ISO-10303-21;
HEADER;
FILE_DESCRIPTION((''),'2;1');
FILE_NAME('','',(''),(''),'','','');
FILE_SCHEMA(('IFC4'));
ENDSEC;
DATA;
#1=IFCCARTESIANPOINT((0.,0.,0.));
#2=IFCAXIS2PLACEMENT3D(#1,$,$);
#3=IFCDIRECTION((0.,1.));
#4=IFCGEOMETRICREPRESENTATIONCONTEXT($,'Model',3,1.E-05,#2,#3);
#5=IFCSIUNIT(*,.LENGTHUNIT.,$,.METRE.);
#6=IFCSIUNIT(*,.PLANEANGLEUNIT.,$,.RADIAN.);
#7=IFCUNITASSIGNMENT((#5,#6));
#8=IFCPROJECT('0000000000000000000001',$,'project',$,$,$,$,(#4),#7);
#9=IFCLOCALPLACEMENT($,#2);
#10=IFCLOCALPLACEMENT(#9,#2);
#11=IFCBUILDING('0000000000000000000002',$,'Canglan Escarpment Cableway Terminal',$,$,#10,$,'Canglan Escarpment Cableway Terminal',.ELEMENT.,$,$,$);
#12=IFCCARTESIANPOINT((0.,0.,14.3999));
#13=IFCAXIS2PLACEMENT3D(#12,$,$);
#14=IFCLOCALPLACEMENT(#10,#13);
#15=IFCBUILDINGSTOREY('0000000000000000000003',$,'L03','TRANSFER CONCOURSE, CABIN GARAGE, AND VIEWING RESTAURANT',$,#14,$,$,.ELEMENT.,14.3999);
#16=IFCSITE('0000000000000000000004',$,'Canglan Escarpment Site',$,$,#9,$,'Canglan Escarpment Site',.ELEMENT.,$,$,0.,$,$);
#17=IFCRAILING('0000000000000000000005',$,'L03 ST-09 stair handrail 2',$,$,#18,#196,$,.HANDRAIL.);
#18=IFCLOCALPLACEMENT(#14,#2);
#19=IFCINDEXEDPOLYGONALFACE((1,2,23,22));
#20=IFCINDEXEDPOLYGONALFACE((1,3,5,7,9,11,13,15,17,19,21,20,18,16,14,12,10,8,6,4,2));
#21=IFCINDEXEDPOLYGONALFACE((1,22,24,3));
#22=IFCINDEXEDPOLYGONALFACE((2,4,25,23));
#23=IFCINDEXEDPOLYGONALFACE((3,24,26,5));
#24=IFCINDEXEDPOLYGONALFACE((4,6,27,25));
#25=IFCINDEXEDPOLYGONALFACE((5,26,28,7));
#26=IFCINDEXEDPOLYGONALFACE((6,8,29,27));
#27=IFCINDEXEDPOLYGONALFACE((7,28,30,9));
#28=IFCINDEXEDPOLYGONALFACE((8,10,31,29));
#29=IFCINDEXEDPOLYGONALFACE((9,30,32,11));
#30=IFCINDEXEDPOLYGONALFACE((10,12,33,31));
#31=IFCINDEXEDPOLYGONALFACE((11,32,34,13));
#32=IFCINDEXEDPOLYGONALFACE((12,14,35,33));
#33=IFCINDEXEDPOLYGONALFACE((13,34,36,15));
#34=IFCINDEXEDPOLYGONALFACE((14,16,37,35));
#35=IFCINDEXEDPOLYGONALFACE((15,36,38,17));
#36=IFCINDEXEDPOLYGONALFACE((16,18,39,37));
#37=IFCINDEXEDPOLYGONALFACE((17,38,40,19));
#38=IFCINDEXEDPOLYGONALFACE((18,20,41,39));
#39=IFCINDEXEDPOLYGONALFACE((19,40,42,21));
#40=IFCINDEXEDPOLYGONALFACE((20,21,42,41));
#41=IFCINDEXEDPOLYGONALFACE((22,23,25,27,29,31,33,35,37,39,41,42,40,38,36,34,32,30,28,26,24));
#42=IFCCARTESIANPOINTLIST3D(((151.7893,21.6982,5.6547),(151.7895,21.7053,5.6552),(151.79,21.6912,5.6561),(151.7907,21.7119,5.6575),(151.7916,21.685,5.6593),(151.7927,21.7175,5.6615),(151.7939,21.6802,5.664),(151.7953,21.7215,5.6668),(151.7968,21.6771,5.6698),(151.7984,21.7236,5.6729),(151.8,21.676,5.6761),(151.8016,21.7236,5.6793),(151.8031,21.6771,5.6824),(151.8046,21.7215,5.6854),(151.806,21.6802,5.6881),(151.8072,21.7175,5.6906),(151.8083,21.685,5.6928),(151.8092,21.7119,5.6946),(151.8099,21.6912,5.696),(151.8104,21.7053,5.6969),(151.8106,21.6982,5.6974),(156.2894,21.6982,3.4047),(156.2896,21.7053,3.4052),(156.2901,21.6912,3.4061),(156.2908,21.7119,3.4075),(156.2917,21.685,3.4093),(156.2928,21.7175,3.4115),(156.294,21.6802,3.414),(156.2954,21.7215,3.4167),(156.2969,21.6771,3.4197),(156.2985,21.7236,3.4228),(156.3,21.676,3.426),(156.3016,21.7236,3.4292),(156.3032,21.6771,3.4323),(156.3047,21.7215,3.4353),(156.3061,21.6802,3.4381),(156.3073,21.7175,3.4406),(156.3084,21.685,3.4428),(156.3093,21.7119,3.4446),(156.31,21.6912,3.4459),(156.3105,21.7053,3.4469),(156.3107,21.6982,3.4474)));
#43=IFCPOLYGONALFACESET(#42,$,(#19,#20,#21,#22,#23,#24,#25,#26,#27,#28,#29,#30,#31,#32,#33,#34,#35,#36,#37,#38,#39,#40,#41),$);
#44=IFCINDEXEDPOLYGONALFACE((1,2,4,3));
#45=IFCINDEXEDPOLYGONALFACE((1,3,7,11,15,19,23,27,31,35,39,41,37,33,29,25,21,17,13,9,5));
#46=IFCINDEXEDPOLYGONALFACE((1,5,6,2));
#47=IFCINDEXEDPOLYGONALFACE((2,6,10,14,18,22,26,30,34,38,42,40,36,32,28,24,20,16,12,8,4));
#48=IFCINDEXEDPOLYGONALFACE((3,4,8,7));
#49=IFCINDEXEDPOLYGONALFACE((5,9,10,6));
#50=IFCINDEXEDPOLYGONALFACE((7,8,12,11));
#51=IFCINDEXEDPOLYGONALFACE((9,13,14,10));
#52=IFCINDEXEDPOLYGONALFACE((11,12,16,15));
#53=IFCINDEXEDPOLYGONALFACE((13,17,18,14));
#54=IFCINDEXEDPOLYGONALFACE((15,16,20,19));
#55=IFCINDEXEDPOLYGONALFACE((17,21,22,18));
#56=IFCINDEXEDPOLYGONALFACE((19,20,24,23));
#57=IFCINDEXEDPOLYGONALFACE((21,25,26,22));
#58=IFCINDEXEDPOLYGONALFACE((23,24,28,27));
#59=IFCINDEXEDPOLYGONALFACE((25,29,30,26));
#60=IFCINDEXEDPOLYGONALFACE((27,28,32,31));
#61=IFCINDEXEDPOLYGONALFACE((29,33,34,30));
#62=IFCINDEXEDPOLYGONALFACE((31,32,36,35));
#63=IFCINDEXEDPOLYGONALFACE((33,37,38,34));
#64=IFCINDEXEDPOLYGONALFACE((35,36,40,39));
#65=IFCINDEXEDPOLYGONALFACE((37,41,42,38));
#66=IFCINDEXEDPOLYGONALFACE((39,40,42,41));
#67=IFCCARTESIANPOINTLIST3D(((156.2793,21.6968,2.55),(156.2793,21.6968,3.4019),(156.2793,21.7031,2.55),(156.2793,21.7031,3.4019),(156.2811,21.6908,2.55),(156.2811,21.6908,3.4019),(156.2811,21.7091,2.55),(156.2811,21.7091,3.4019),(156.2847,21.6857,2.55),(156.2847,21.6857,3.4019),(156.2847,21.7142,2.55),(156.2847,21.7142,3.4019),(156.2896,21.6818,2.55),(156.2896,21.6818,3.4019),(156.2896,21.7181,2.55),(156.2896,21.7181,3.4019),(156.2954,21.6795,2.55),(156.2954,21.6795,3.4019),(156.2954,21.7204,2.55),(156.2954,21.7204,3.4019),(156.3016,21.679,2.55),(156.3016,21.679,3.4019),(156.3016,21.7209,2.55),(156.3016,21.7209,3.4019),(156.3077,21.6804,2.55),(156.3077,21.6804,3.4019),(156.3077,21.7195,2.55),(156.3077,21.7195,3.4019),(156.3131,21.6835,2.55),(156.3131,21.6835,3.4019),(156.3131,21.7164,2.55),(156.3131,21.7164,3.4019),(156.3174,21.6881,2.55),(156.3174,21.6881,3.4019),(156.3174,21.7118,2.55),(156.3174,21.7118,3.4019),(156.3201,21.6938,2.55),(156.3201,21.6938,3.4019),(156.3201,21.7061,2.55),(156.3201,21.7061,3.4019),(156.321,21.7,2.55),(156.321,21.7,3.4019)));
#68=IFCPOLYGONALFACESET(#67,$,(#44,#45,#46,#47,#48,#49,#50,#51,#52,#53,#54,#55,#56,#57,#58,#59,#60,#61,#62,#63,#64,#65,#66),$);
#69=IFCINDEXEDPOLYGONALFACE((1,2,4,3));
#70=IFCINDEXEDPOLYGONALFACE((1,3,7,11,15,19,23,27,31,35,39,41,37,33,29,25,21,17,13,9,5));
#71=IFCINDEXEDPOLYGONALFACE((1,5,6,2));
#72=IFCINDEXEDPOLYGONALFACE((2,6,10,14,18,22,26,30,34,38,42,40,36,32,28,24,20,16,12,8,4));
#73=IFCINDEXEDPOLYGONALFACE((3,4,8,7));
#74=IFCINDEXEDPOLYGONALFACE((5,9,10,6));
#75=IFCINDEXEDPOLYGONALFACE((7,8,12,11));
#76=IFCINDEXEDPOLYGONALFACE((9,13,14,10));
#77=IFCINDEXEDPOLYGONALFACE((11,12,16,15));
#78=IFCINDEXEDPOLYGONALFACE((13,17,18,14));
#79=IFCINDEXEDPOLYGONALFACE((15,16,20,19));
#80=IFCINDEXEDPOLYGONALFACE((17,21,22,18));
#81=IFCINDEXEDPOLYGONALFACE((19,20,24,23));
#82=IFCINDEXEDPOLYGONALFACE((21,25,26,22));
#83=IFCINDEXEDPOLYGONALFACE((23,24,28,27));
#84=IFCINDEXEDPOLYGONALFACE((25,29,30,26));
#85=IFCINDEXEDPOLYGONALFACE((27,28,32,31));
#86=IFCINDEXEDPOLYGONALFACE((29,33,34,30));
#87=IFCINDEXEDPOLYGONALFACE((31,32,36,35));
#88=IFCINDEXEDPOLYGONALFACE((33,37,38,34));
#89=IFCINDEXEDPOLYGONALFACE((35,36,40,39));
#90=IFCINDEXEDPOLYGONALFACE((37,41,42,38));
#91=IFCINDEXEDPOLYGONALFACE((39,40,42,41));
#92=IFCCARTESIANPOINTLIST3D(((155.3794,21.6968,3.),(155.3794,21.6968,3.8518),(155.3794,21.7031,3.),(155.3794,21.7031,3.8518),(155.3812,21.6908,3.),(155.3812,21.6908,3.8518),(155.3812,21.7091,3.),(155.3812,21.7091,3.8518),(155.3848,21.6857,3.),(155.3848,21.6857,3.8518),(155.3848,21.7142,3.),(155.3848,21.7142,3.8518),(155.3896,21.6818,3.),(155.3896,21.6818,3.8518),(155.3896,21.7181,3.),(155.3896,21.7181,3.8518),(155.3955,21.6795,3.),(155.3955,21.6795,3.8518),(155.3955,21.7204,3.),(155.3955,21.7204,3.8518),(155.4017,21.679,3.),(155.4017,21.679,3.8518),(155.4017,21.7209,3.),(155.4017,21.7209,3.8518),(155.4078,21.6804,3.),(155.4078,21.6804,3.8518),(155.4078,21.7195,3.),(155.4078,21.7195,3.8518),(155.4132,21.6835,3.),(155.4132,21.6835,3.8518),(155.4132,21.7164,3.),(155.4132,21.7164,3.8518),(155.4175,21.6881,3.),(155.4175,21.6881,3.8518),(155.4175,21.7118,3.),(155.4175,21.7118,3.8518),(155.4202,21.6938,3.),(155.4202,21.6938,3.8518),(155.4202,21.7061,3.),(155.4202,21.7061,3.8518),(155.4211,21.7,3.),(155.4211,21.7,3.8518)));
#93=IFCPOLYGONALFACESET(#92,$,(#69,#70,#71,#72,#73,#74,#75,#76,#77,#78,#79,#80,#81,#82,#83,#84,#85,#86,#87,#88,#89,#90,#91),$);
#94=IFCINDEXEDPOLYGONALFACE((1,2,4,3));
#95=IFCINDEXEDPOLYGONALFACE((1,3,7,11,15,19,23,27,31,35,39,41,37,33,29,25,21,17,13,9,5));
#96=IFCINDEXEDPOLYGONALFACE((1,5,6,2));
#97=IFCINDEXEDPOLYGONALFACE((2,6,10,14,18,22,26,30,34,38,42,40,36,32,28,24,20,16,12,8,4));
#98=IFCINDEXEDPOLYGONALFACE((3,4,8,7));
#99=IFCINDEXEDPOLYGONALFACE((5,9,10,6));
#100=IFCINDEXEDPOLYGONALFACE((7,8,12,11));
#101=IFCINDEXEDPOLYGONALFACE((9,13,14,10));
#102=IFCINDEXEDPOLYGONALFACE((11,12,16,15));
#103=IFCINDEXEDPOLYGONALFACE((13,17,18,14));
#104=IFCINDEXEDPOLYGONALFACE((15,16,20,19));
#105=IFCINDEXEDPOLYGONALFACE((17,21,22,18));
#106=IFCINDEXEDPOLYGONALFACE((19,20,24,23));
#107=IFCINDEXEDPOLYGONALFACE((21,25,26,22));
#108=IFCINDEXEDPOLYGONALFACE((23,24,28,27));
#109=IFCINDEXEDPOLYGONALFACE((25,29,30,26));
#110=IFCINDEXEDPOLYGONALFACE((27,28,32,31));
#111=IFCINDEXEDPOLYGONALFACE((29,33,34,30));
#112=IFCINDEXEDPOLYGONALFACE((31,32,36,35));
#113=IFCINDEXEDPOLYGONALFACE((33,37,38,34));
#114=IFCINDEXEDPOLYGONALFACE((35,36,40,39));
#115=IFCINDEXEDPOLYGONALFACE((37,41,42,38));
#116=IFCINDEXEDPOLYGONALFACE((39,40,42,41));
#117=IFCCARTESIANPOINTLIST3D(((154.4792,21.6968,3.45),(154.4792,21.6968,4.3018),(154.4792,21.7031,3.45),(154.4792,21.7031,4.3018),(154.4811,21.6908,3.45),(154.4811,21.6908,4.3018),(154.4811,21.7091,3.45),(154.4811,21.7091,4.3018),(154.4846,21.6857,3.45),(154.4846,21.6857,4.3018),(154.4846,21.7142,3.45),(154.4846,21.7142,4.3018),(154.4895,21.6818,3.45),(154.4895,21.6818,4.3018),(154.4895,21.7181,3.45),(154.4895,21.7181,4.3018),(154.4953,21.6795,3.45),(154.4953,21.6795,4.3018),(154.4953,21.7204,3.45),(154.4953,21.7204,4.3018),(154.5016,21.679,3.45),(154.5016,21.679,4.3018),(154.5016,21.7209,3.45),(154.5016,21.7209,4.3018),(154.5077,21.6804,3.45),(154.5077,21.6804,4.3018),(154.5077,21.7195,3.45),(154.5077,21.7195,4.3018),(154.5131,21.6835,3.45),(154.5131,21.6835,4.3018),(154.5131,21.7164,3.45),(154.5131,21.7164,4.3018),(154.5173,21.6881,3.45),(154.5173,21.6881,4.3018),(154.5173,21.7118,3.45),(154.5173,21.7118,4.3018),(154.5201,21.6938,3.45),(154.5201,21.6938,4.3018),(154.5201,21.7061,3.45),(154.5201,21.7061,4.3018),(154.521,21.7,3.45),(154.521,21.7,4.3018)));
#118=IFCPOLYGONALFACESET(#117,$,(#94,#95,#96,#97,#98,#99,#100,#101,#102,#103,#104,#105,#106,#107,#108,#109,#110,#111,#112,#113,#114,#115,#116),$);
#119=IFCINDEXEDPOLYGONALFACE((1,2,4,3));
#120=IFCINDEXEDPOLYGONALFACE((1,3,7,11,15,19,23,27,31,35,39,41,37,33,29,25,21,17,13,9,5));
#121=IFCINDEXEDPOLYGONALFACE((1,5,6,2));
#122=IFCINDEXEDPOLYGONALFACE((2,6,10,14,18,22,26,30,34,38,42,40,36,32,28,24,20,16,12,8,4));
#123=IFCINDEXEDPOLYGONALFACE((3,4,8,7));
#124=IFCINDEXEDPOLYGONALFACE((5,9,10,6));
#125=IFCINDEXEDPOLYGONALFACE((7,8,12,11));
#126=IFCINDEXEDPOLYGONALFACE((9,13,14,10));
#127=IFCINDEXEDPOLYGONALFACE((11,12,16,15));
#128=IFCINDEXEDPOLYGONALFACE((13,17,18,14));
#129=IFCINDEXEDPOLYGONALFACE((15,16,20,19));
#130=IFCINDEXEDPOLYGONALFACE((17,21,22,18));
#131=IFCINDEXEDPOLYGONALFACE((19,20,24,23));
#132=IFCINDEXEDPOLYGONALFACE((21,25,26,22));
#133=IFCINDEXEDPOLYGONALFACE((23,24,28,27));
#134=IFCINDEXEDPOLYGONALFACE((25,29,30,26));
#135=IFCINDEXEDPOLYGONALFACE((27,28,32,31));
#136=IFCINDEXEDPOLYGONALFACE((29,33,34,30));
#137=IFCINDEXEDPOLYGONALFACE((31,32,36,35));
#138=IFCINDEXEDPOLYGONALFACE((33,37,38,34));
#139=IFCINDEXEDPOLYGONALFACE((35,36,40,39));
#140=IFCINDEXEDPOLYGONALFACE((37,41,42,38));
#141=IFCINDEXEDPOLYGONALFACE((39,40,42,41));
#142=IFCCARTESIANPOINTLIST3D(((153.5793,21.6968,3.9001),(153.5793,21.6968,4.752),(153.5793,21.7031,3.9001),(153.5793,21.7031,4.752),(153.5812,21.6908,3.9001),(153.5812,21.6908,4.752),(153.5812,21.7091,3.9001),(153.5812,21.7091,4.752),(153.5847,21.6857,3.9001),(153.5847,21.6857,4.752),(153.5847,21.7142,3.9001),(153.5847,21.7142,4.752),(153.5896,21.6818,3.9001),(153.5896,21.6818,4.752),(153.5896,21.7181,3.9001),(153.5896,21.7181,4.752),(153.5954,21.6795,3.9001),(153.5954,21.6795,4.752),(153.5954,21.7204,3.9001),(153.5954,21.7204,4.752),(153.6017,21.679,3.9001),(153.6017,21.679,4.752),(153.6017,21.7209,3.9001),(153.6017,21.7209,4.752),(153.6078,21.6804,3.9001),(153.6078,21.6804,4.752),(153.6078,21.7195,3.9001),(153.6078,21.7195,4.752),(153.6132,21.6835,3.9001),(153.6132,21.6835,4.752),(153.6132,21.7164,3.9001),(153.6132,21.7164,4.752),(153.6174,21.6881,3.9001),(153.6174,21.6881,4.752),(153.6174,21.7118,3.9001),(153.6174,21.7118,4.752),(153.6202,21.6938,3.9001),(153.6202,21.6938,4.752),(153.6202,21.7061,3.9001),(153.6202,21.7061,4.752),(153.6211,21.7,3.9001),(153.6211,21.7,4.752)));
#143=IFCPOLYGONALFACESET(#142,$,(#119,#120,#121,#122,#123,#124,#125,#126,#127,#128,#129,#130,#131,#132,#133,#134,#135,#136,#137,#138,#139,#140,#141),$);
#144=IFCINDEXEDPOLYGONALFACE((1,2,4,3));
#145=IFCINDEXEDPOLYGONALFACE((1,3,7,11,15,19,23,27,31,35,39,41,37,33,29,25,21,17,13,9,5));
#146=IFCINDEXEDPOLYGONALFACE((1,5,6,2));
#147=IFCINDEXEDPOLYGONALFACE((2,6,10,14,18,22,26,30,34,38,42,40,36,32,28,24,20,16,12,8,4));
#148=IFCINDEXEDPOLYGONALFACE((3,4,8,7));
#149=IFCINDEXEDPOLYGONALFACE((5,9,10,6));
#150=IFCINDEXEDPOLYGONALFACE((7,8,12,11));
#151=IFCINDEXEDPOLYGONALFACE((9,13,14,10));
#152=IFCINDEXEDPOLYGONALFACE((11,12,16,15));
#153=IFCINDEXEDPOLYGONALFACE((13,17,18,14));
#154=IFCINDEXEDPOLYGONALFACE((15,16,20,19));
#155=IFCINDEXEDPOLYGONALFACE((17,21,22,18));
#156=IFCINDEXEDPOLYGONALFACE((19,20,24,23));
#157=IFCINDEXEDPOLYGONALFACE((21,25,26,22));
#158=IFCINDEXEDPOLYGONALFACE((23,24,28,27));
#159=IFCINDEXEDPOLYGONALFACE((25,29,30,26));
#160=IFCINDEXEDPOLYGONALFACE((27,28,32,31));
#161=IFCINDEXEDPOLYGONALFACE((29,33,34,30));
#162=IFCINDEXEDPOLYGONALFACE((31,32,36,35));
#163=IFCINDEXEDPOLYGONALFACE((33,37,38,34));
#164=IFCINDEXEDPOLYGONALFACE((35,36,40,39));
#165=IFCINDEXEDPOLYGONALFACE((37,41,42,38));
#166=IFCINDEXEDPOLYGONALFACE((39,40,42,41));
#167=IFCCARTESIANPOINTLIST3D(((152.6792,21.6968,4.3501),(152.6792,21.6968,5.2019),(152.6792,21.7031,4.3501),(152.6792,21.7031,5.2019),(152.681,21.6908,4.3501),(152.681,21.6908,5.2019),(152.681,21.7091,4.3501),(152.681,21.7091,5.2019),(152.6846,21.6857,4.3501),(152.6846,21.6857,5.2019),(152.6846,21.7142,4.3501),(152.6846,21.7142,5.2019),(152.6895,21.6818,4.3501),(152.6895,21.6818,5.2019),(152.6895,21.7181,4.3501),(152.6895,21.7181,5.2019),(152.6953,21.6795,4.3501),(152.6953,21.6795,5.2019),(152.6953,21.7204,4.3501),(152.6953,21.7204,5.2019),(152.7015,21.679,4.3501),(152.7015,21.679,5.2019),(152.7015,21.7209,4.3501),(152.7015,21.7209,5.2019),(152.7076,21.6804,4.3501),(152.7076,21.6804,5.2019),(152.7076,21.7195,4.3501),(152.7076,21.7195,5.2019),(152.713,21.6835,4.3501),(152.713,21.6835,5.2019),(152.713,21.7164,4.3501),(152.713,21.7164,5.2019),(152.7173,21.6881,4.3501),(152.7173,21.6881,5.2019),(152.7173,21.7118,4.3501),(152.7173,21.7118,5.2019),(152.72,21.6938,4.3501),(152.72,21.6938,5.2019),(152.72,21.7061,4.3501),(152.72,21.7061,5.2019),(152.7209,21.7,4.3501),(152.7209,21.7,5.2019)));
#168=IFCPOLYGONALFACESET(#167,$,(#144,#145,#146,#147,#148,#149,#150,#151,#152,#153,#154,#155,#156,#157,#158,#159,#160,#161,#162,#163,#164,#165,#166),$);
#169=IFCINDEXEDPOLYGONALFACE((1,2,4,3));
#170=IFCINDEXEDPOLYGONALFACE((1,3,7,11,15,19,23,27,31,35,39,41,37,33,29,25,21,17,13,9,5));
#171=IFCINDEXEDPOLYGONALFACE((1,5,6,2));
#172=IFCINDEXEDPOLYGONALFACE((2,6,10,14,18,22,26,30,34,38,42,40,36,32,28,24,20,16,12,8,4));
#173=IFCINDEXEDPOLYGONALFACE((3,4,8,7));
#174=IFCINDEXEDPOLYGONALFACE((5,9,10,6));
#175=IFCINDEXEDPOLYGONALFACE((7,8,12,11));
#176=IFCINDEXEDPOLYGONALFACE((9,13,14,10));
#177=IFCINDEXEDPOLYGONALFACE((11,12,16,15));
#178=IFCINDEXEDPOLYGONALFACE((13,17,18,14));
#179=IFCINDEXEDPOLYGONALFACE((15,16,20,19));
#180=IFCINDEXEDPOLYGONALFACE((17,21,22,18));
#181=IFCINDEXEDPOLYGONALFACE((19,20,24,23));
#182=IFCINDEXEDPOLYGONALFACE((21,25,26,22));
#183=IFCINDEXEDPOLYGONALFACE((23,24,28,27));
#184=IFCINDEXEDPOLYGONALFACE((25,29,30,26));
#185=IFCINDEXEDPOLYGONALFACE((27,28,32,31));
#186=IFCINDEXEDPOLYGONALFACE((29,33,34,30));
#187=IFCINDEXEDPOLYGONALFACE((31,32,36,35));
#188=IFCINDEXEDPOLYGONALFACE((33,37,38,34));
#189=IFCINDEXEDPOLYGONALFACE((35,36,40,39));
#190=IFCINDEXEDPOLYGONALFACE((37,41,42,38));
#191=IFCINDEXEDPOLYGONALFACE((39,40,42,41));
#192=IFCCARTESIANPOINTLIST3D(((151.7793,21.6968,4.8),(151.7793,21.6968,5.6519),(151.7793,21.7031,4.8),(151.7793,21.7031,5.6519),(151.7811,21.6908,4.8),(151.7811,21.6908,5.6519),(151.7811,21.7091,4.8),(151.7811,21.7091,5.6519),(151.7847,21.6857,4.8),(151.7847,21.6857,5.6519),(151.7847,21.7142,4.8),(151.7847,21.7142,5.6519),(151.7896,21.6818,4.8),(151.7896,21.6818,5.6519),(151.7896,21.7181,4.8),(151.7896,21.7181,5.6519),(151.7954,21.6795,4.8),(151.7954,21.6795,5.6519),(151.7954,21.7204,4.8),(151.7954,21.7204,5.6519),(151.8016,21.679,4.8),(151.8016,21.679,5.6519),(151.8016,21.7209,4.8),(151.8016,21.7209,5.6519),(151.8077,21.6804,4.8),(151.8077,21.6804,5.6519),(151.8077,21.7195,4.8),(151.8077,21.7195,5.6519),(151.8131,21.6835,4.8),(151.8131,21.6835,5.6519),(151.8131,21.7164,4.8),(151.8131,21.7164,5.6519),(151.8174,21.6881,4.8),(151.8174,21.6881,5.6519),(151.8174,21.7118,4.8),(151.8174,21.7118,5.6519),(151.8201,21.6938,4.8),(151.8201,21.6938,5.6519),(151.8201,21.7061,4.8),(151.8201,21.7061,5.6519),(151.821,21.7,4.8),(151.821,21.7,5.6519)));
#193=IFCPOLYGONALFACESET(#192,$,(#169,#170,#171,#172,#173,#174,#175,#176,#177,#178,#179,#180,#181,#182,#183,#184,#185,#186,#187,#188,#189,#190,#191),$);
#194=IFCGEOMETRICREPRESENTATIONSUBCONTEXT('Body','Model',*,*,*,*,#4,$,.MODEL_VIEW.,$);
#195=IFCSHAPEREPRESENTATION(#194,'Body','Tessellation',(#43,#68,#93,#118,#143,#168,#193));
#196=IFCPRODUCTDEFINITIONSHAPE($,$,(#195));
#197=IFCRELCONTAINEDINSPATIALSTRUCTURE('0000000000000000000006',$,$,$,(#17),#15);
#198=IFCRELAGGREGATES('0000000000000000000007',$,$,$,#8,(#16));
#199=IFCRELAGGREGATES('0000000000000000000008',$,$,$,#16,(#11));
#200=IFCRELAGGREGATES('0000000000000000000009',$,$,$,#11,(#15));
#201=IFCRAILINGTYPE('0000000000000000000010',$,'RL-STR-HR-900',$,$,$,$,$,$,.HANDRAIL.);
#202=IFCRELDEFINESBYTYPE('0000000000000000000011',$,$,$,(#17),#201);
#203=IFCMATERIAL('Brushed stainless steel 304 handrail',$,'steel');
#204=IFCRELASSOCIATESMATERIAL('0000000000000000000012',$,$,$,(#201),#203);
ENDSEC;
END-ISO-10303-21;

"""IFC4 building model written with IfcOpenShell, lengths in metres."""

from ifc_helpers import new_model, si_unit, direction, frame, origin, origin_2d, place, context, subcontext, project, spatial, circle, extrude, material, type_object, element, save


model = new_model("IFC4")

# Units and contexts
model_context = context("Model", 3, precision=1e-05, world=origin(), true_north=direction((0.0, 1.0)))
body_context = subcontext(model_context, "Body", "Model", "MODEL_VIEW")
ifc_project = project(units=[si_unit("LENGTHUNIT", "METRE"), si_unit("PLANEANGLEUNIT", "RADIAN")], contexts=[model_context])

# Site, building, storey
site_placement = place(None, origin())
site = spatial("IfcSite", under=ifc_project, at=site_placement, Name="Canglan Escarpment Site", LongName="Canglan Escarpment Site", CompositionType="ELEMENT", RefElevation=0.0)
building_placement = place(site_placement, origin())
building = spatial("IfcBuilding", under=site, at=building_placement, Name="Canglan Escarpment Cableway Terminal", LongName="Canglan Escarpment Cableway Terminal", CompositionType="ELEMENT")
storey_placement = place(building_placement, frame((0.0, 0.0, 14.3999)))
storey = spatial("IfcBuildingStorey", under=building, at=storey_placement, Name="L03", Description="TRANSFER CONCOURSE, CABIN GARAGE, AND VIEWING RESTAURANT", CompositionType="ELEMENT", Elevation=14.3999)

# Railing
ifc_material_1 = material(Name="Brushed stainless steel 304 handrail", Category="steel")
railing_type_1 = type_object("IfcRailingType", Name="RL-STR-HR-900", PredefinedType="HANDRAIL", material=ifc_material_1)
railing_1_placement = place(storey_placement, frame((156.3, 21.7, 2.55)))
element("IfcRailing", 1, at=railing_1_placement, inside=storey, type_object=railing_type_1, Name="L03 ST-09 stair handrail 2", PredefinedType="HANDRAIL", context=body_context, shape_type="SweptSolid", body=[
    extrude(circle(Radius=0.0239, at=origin_2d()), frame((0.0, 0.0, 0.876), z_axis=(-0.894427, 0.0, 0.447214), x_axis=(0.0, -1.0, 0.0)), (0.0, 0.0, 1.0), 5.0312),
    extrude(circle(Radius=0.021, at=origin_2d()), origin(), (0.0, 0.0, 1.0), 0.8518),
    extrude(circle(Radius=0.021, at=origin_2d()), frame((-0.8999, 0.0, 0.45)), (0.0, 0.0, 1.0), 0.8518),
    extrude(circle(Radius=0.021, at=origin_2d()), frame((-1.8, 0.0, 0.8999)), (0.0, 0.0, 1.0), 0.8518),
    extrude(circle(Radius=0.021, at=origin_2d()), frame((-2.7, 0.0, 1.3501)), (0.0, 0.0, 1.0), 0.8518),
    extrude(circle(Radius=0.021, at=origin_2d()), frame((-3.6001, 0.0, 1.8)), (0.0, 0.0, 1.0), 0.8518),
    extrude(circle(Radius=0.021, at=origin_2d()), frame((-4.5, 0.0, 2.25)), (0.0, 0.0, 1.0), 0.8518),
])

save(model, "model.ifc")
